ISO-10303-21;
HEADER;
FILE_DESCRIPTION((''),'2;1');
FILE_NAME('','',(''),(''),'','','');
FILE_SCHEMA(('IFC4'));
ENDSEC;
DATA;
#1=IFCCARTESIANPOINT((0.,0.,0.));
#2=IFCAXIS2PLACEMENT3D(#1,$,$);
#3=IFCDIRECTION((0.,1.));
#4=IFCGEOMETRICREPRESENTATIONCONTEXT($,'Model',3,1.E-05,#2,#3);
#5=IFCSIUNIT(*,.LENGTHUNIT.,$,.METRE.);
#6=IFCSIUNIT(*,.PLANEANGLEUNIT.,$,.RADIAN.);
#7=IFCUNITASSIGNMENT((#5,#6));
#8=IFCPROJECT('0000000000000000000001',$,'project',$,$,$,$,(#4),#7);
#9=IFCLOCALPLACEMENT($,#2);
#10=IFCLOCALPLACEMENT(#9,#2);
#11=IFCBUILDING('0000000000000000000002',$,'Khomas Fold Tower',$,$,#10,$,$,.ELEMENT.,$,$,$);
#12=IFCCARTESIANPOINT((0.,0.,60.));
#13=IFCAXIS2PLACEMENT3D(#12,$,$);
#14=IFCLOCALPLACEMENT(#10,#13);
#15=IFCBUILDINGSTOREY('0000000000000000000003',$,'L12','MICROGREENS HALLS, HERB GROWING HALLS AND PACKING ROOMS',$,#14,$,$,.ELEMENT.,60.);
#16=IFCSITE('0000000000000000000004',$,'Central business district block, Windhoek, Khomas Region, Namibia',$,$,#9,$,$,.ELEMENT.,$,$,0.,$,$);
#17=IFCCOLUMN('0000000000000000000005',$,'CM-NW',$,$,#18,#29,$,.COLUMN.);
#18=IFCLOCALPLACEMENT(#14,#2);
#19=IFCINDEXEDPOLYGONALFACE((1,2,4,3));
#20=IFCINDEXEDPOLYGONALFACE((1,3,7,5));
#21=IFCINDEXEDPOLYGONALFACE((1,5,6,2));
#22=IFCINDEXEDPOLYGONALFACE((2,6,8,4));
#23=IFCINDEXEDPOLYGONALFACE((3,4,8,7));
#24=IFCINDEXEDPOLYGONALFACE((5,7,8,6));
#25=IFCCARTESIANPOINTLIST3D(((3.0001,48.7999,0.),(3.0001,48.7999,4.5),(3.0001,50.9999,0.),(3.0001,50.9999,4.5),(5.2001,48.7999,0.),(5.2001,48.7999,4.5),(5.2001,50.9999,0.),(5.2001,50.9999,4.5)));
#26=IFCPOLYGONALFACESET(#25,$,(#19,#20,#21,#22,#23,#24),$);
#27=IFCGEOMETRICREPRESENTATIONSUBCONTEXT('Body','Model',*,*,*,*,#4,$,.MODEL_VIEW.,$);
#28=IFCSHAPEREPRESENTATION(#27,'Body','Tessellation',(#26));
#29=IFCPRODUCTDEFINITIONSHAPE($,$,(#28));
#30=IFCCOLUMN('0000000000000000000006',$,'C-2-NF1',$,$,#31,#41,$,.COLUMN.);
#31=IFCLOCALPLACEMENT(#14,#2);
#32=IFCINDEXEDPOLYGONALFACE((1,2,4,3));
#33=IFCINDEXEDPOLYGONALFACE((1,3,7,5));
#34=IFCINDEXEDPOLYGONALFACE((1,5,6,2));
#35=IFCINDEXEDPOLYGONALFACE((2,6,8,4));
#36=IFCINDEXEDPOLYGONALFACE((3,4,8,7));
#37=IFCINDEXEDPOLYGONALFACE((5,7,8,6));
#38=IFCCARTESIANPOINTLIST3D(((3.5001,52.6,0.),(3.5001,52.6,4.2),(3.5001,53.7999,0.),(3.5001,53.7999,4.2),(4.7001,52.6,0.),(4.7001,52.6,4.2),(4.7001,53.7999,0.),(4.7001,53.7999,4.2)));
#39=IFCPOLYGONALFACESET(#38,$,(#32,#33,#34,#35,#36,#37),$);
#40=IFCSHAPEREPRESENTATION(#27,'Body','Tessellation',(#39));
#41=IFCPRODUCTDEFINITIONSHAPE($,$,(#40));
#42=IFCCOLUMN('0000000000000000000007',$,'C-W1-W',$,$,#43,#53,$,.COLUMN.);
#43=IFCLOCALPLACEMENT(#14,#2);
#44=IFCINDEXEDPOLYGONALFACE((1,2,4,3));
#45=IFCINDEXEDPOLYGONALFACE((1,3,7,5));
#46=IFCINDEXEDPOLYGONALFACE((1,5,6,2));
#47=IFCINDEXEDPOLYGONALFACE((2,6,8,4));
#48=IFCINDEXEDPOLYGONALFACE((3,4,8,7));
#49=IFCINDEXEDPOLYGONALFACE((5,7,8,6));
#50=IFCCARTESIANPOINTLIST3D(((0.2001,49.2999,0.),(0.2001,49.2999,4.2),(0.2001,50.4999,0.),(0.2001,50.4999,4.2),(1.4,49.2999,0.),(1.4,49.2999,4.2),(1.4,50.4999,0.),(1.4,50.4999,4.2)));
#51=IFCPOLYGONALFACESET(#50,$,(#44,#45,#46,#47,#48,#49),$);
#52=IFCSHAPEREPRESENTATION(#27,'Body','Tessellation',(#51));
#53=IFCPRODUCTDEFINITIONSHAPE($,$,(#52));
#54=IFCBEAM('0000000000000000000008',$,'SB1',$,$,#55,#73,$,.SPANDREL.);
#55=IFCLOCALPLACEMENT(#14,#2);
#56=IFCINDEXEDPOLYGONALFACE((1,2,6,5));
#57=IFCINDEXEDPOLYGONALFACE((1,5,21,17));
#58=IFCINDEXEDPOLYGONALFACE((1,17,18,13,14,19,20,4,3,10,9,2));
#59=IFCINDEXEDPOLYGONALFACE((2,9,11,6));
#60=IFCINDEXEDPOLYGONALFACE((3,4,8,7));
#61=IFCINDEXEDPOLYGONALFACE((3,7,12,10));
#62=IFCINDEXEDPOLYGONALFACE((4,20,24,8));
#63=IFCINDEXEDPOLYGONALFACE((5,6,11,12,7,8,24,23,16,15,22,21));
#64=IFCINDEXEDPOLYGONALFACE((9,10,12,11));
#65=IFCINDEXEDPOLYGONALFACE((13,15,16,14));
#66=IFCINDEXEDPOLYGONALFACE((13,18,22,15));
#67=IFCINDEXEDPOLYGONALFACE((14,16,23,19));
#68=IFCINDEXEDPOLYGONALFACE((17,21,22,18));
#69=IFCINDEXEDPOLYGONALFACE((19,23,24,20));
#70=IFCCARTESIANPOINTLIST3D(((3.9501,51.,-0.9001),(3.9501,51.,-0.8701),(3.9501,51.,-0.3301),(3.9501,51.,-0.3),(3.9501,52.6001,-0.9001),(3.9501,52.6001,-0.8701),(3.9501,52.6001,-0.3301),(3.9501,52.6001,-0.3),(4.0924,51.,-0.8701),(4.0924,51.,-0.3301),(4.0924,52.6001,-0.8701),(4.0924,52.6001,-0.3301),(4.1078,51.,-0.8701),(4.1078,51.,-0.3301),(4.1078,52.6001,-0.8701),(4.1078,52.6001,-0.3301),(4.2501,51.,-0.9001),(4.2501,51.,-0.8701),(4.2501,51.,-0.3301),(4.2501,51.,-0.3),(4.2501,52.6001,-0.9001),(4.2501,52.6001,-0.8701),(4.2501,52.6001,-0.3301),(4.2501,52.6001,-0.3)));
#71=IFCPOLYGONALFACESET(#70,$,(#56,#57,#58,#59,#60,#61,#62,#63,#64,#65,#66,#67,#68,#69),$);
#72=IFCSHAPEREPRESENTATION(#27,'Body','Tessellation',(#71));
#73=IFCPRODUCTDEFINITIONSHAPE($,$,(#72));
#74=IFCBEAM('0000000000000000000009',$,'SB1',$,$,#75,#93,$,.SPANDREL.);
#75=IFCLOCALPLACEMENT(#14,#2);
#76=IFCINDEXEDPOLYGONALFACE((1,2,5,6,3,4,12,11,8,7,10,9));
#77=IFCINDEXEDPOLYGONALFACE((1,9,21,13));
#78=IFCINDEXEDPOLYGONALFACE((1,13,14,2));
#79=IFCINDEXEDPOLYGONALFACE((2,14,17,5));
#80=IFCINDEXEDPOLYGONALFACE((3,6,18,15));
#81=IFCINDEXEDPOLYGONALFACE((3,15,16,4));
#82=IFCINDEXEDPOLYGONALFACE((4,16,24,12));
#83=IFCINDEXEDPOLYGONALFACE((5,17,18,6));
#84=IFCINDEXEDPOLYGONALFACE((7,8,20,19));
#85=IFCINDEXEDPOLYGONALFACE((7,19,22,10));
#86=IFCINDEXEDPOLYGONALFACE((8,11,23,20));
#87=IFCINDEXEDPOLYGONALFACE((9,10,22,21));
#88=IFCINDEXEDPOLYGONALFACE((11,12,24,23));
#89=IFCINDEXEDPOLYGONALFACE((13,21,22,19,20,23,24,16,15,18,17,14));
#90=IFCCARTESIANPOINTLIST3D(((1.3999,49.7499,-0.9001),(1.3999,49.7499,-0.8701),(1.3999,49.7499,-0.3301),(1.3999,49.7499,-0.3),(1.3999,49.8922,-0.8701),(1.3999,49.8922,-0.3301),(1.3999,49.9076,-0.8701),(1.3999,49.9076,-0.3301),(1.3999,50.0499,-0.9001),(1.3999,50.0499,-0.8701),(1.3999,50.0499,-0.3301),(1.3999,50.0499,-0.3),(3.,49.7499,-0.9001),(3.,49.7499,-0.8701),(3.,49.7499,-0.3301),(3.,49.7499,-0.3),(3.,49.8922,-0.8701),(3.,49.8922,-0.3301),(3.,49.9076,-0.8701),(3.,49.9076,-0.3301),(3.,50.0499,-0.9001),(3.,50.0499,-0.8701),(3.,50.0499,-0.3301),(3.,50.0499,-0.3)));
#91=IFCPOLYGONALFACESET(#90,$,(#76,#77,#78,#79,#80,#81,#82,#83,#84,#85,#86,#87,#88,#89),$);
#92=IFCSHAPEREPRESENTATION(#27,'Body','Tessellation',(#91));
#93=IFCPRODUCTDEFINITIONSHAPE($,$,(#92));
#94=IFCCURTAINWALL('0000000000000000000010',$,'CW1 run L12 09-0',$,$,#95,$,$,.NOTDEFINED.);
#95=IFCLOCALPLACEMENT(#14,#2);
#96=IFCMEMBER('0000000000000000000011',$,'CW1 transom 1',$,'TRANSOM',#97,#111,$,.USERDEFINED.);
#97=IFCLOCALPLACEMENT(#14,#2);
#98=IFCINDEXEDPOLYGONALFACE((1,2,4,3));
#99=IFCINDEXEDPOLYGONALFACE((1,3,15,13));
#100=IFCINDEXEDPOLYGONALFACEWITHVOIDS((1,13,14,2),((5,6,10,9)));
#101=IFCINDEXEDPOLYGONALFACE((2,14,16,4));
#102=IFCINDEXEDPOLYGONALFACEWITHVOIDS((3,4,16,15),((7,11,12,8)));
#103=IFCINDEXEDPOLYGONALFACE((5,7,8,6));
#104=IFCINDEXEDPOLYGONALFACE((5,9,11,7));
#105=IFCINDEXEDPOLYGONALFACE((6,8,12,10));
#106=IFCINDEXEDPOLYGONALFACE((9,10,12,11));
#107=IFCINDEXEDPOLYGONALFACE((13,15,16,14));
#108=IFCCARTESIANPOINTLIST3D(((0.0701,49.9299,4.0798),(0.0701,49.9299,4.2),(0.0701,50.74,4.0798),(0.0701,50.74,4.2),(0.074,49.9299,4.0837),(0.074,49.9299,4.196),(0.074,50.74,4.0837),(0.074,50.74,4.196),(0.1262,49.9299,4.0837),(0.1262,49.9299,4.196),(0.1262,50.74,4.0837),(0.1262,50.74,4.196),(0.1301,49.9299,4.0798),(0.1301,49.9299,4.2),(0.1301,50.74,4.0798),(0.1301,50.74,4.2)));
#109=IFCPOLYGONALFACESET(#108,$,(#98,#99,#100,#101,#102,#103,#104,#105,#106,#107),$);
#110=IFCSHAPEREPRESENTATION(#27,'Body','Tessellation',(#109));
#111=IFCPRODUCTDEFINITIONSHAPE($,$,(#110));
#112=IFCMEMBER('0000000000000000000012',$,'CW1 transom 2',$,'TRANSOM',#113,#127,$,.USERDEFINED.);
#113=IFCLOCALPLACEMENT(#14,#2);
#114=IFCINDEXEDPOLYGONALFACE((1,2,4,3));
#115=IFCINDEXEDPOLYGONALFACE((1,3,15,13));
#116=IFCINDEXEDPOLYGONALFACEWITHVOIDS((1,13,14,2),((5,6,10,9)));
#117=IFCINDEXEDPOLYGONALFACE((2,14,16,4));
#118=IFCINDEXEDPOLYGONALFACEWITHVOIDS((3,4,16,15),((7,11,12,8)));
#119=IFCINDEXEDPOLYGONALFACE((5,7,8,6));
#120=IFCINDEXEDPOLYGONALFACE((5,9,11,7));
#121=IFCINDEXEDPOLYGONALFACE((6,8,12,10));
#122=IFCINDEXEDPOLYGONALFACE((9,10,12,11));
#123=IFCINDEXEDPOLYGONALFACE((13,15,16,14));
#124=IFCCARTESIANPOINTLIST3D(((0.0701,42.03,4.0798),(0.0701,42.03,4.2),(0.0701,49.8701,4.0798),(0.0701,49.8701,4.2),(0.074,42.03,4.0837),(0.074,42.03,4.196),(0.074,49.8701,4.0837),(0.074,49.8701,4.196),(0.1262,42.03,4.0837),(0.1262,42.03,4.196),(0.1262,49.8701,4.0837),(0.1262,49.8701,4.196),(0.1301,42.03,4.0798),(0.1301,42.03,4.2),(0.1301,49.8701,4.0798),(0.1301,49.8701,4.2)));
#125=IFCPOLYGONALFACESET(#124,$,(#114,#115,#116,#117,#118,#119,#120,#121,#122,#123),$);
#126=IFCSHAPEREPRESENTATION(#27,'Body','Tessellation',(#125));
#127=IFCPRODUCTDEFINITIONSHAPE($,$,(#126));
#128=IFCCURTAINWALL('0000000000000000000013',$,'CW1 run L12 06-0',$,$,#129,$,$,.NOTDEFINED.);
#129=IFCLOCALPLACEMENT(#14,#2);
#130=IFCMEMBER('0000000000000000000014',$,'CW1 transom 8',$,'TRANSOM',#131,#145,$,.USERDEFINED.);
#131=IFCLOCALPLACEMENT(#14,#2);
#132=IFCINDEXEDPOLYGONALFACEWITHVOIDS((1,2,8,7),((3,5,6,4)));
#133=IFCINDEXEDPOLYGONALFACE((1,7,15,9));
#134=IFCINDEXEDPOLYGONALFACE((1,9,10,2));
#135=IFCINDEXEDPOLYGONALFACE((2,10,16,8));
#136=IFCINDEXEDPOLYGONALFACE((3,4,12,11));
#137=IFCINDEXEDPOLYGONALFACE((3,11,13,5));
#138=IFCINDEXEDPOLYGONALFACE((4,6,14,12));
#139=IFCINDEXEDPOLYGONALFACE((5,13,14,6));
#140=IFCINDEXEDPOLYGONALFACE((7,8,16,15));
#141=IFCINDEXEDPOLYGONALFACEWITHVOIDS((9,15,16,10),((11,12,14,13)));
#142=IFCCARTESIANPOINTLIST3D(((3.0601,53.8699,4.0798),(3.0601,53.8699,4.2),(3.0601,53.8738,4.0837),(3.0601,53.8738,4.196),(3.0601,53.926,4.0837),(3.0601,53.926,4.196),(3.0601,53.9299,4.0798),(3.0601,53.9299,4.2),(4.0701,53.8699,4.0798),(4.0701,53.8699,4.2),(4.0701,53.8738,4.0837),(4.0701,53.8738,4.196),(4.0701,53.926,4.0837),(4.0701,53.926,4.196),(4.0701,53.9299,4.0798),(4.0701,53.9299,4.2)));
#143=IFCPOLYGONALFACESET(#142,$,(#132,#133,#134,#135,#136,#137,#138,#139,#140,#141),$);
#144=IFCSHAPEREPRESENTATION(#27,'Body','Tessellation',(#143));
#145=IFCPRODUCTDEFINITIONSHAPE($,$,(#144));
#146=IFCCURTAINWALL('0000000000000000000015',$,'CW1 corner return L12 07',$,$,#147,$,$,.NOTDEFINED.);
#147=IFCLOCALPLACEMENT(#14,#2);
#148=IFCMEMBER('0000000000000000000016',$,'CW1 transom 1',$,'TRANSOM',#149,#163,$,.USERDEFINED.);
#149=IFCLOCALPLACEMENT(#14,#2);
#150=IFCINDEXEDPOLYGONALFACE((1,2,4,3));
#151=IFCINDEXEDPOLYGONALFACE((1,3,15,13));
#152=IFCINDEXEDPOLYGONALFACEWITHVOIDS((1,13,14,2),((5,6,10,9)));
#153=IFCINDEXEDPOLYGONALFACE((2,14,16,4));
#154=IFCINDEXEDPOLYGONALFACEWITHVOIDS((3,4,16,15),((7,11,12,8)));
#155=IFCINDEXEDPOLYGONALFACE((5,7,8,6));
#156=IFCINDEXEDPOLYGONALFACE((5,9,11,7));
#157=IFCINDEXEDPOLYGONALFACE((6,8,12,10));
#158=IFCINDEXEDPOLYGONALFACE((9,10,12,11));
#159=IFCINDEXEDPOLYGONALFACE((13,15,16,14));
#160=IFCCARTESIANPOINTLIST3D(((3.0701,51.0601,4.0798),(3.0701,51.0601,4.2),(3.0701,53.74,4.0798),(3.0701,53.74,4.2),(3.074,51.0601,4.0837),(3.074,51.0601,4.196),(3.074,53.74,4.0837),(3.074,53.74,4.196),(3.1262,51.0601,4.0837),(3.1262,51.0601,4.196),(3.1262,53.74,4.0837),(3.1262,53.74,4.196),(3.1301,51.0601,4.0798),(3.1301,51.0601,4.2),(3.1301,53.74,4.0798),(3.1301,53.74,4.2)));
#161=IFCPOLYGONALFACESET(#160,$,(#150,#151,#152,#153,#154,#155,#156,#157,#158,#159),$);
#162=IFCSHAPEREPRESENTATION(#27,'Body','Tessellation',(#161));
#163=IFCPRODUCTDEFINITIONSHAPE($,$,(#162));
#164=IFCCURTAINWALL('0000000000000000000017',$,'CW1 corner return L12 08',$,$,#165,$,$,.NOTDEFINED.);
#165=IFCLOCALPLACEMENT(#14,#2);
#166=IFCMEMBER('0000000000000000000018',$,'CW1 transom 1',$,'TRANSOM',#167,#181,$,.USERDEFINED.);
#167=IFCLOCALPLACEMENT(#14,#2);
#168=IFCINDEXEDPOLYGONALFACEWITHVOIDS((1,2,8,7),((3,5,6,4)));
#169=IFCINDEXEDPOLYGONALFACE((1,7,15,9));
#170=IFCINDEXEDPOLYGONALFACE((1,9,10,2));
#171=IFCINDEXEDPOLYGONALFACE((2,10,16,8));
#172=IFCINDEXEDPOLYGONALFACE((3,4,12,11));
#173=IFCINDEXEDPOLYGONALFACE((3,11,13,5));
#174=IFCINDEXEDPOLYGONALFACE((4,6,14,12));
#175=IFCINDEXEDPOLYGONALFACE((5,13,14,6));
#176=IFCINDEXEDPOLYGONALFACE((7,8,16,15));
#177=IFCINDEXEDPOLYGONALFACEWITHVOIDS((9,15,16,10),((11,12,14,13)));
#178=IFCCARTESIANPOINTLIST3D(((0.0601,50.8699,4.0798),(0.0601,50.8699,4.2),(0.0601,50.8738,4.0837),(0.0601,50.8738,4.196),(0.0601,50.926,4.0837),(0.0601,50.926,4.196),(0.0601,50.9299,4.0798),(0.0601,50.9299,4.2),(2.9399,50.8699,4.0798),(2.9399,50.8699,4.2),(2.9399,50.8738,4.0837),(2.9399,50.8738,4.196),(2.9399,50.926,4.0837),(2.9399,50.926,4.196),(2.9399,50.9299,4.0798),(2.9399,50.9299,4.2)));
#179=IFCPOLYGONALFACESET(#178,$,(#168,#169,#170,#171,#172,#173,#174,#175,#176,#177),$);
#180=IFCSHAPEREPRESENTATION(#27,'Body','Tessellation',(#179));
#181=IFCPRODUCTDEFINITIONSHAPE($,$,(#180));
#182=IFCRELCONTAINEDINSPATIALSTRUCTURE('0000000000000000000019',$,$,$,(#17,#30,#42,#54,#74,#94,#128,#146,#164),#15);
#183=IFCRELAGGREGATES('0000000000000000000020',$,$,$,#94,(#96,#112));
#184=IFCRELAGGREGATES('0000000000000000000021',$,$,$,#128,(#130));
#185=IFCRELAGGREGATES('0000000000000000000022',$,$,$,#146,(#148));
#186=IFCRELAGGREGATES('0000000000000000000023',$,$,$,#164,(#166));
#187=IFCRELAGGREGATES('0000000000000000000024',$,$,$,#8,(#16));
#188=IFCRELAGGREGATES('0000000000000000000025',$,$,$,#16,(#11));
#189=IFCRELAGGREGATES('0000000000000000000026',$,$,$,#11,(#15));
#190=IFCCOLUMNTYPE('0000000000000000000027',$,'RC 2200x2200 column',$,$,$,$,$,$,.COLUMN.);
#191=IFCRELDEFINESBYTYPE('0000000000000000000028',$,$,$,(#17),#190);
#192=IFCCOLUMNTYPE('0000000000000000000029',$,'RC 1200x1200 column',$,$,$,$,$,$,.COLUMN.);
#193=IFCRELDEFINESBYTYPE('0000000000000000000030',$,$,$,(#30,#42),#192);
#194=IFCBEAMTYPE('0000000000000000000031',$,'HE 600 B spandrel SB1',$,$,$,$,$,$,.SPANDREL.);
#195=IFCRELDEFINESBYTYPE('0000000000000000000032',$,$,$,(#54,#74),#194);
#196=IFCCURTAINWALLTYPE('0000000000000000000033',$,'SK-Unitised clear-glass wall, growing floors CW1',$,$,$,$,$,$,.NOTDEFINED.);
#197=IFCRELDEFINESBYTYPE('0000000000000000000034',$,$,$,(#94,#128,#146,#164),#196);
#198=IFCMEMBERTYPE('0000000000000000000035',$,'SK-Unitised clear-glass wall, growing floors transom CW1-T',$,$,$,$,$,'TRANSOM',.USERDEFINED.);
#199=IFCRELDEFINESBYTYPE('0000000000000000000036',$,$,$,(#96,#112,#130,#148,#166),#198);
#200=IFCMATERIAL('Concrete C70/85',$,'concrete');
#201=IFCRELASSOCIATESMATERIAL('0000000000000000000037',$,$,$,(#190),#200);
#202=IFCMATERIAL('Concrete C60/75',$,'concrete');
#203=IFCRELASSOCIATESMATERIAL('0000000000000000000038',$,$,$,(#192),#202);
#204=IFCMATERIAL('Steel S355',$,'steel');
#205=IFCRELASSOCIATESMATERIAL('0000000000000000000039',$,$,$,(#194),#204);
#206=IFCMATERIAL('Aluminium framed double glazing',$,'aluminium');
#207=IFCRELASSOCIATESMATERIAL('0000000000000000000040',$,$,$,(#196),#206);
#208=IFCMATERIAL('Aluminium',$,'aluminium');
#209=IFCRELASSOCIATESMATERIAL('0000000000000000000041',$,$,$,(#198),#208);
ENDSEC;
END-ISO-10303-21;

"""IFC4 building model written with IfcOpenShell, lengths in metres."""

from ifc_helpers import new_model, si_unit, direction, frame, origin, origin_2d, place, context, subcontext, project, spatial, rectangle, hollow_rectangle, i_section, extrude, source, transform, mapped, material, material_profile, profile_set, type_object, element, aggregate, save


model = new_model("IFC4")

# Units and contexts
model_context = context("Model", 3, precision=1e-05, world=origin(), true_north=direction((0.0, 1.0)))
body_context = subcontext(model_context, "Body", "Model", "MODEL_VIEW")
ifc_project = project(units=[si_unit("LENGTHUNIT", "METRE"), si_unit("PLANEANGLEUNIT", "RADIAN")], contexts=[model_context])

# Site, building, storey
site_placement = place(None, origin())
site = spatial("IfcSite", under=ifc_project, at=site_placement, Name="Central business district block, Windhoek, Khomas Region, Namibia", CompositionType="ELEMENT", RefElevation=0.0)
building_placement = place(site_placement, origin())
building = spatial("IfcBuilding", under=site, at=building_placement, Name="Khomas Fold Tower", CompositionType="ELEMENT")
storey_placement = place(building_placement, frame((0.0, 0.0, 60.0)))
storey = spatial("IfcBuildingStorey", under=building, at=storey_placement, Name="L12", Description="MICROGREENS HALLS, HERB GROWING HALLS AND PACKING ROOMS", CompositionType="ELEMENT", Elevation=60.0)

# Columns
ifc_material_1 = material(Name="Concrete C70/85", Category="concrete")
ifc_material_profile_1 = material_profile(ifc_material_1, rectangle(XDim=2.2, YDim=2.2, at=origin_2d()), Name="RC 2200x2200")
ifc_profile_set_1 = profile_set([ifc_material_profile_1], Name="Concrete C70/85")
column_type_1 = type_object("IfcColumnType", Name="RC 2200x2200 column", PredefinedType="COLUMN", material=ifc_profile_set_1)
shared_shape_1 = source(origin(), body_context, "Body", "SweptSolid", [
    extrude(rectangle(XDim=2.2, YDim=2.2, at=origin_2d()), origin(), (0.0, 0.0, 1.0), 4.5),
])
column_placement = place(storey_placement, frame((4.1001, 49.8999, 0.0), z_axis=(0.0, 0.0, 1.0), x_axis=(1.0, 0.0, 0.0)))
element("IfcColumn", 1, at=column_placement, inside=storey, type_object=column_type_1, Name="CM-NW", PredefinedType="COLUMN", context=body_context, shape_type="MappedRepresentation", body=[
    mapped(shared_shape_1, transform((0.0, 0.0, 0.0))),
])
ifc_material_2 = material(Name="Concrete C60/75", Category="concrete")
ifc_material_profile_2 = material_profile(ifc_material_2, rectangle(XDim=1.2, YDim=1.2, at=origin_2d()), Name="RC 1200x1200")
ifc_profile_set_2 = profile_set([ifc_material_profile_2], Name="Concrete C60/75")
column_type_2 = type_object("IfcColumnType", Name="RC 1200x1200 column", PredefinedType="COLUMN", material=ifc_profile_set_2)
shared_shape_2 = source(origin(), body_context, "Body", "SweptSolid", [
    extrude(rectangle(XDim=1.2, YDim=1.2, at=origin_2d()), origin(), (0.0, 0.0, 1.0), 4.2),
])
for number, where, z_axis, x_axis, name in (
    (2, (4.1001, 53.2, 0.0), (0.0, 0.0, 1.0), (1.0, 0.0, 0.0), "C-2-NF1"),
    (3, (0.8, 49.8999, 0.0), (0.0, 0.0, 1.0), (1.0, 0.0, 0.0), "C-W1-W"),
):
    element("IfcColumn", number, at=place(storey_placement, frame(where, z_axis=z_axis, x_axis=x_axis)), inside=storey, type_object=column_type_2, Name=name, PredefinedType="COLUMN", context=body_context, shape_type="MappedRepresentation", body=[
        mapped(shared_shape_2, transform((0.0, 0.0, 0.0))),
    ])

# Beams
ifc_material_3 = material(Name="Steel S355", Category="steel")
ifc_material_profile_3 = material_profile(ifc_material_3, i_section(OverallWidth=0.3, OverallDepth=0.6001, WebThickness=0.0154, FlangeThickness=0.03, at=origin_2d()), Name="HE 600 B")
ifc_profile_set_3 = profile_set([ifc_material_profile_3], Name="Steel S355")
beam_type = type_object("IfcBeamType", Name="HE 600 B spandrel SB1", PredefinedType="SPANDREL", material=ifc_profile_set_3)
shared_shape_3 = source(origin(), body_context, "Body", "SweptSolid", [
    extrude(i_section(OverallWidth=0.3, OverallDepth=0.6001, WebThickness=0.0154, FlangeThickness=0.03, at=origin_2d()), origin(), (0.0, 0.0, 1.0), 1.6001),
])
for number, where, z_axis, x_axis, name in (
    (4, (4.1001, 51.0, -0.6001), (0.0, 1.0, 0.0), (-1.0, 0.0, 0.0), "SB1"),
    (5, (1.3999, 49.8999, -0.6001), (1.0, 0.0, 0.0), (0.0, 1.0, 0.0), "SB1"),
):
    element("IfcBeam", number, at=place(storey_placement, frame(where, z_axis=z_axis, x_axis=x_axis)), inside=storey, type_object=beam_type, Name=name, PredefinedType="SPANDREL", context=body_context, shape_type="MappedRepresentation", body=[
        mapped(shared_shape_3, transform((0.0, 0.0, 0.0))),
    ])

# Curtain wall, members
ifc_material_4 = material(Name="Aluminium framed double glazing", Category="aluminium")
curtain_wall_type = type_object("IfcCurtainWallType", Name="SK-Unitised clear-glass wall, growing floors CW1", PredefinedType="NOTDEFINED", material=ifc_material_4)
curtain_wall_1_placement = place(storey_placement, origin())
curtain_wall_1 = element("IfcCurtainWall", 6, at=curtain_wall_1_placement, inside=storey, type_object=curtain_wall_type, Name="CW1 run L12 09-0", PredefinedType="NOTDEFINED")
ifc_material_5 = material(Name="Aluminium", Category="aluminium")
ifc_material_profile_4 = material_profile(ifc_material_5, hollow_rectangle(XDim=0.0601, YDim=0.1201, WallThickness=0.0039, at=origin_2d()), Name="SK-Unitised clear-glass wall, growing floors transom CW1-T")
ifc_profile_set_4 = profile_set([ifc_material_profile_4], Name="Aluminium")
member_type_1 = type_object("IfcMemberType", Name="SK-Unitised clear-glass wall, growing floors transom CW1-T", ElementType="TRANSOM", PredefinedType="USERDEFINED", material=ifc_profile_set_4)
shared_shape_4 = source(origin(), body_context, "Body", "SweptSolid", [
    extrude(hollow_rectangle(XDim=0.0601, YDim=0.1201, WallThickness=0.0039, at=origin_2d()), origin(), (0.0, 0.0, 1.0), 0.8101),
])
member_1_placement = place(storey_placement, frame((0.1001, 50.74, 4.1399), z_axis=(0.0, -1.0, 0.0), x_axis=(1.0, 0.0, 0.0)))
member_1 = element("IfcMember", 7, at=member_1_placement, type_object=member_type_1, Name="CW1 transom 1", ObjectType="TRANSOM", PredefinedType="USERDEFINED", context=body_context, shape_type="MappedRepresentation", body=[
    mapped(shared_shape_4, transform((0.0, 0.0, 0.0))),
])
shared_shape_5 = source(origin(), body_context, "Body", "SweptSolid", [
    extrude(hollow_rectangle(XDim=0.0601, YDim=0.1201, WallThickness=0.0039, at=origin_2d()), origin(), (0.0, 0.0, 1.0), 7.8401),
])
member_2_placement = place(storey_placement, frame((0.1001, 49.8701, 4.1399), z_axis=(0.0, -1.0, 0.0), x_axis=(1.0, 0.0, 0.0)))
member_2 = element("IfcMember", 8, at=member_2_placement, type_object=member_type_1, Name="CW1 transom 2", ObjectType="TRANSOM", PredefinedType="USERDEFINED", context=body_context, shape_type="MappedRepresentation", body=[
    mapped(shared_shape_5, transform((0.0, 0.0, 0.0))),
])

# Curtain walls, members
curtain_wall_2_placement = place(storey_placement, origin())
curtain_wall_2 = element("IfcCurtainWall", 9, at=curtain_wall_2_placement, inside=storey, type_object=curtain_wall_type, Name="CW1 run L12 06-0", PredefinedType="NOTDEFINED")
shared_shape_6 = source(origin(), body_context, "Body", "SweptSolid", [
    extrude(hollow_rectangle(XDim=0.0601, YDim=0.1201, WallThickness=0.0039, at=origin_2d()), origin(), (0.0, 0.0, 1.0), 1.01),
])
member_3_placement = place(storey_placement, frame((4.0701, 53.8999, 4.1399), z_axis=(-1.0, 0.0, 0.0), x_axis=(0.0, -1.0, 0.0)))
member_3 = element("IfcMember", 10, at=member_3_placement, type_object=member_type_1, Name="CW1 transom 8", ObjectType="TRANSOM", PredefinedType="USERDEFINED", context=body_context, shape_type="MappedRepresentation", body=[
    mapped(shared_shape_6, transform((0.0, 0.0, 0.0))),
])
curtain_wall_3_placement = place(storey_placement, origin())
curtain_wall_3 = element("IfcCurtainWall", 11, at=curtain_wall_3_placement, inside=storey, type_object=curtain_wall_type, Name="CW1 corner return L12 07", PredefinedType="NOTDEFINED")
shared_shape_7 = source(origin(), body_context, "Body", "SweptSolid", [
    extrude(hollow_rectangle(XDim=0.0601, YDim=0.1201, WallThickness=0.0039, at=origin_2d()), origin(), (0.0, 0.0, 1.0), 2.6799),
])
member_4_placement = place(storey_placement, frame((3.1001, 53.74, 4.1399), z_axis=(0.0, -1.0, 0.0), x_axis=(1.0, 0.0, 0.0)))
member_4 = element("IfcMember", 12, at=member_4_placement, type_object=member_type_1, Name="CW1 transom 1", ObjectType="TRANSOM", PredefinedType="USERDEFINED", context=body_context, shape_type="MappedRepresentation", body=[
    mapped(shared_shape_7, transform((0.0, 0.0, 0.0))),
])
curtain_wall_4_placement = place(storey_placement, origin())
curtain_wall_4 = element("IfcCurtainWall", 13, at=curtain_wall_4_placement, inside=storey, type_object=curtain_wall_type, Name="CW1 corner return L12 08", PredefinedType="NOTDEFINED")
shared_shape_8 = source(origin(), body_context, "Body", "SweptSolid", [
    extrude(hollow_rectangle(XDim=0.0601, YDim=0.1201, WallThickness=0.0039, at=origin_2d()), origin(), (0.0, 0.0, 1.0), 2.8799),
])
member_5_placement = place(storey_placement, frame((2.9399, 50.8999, 4.1399), z_axis=(-1.0, 0.0, 0.0), x_axis=(0.0, -1.0, 0.0)))
member_5 = element("IfcMember", 14, at=member_5_placement, type_object=member_type_1, Name="CW1 transom 1", ObjectType="TRANSOM", PredefinedType="USERDEFINED", context=body_context, shape_type="MappedRepresentation", body=[
    mapped(shared_shape_8, transform((0.0, 0.0, 0.0))),
])

aggregate(curtain_wall_1, [member_1, member_2])
aggregate(curtain_wall_2, [member_3])
aggregate(curtain_wall_3, [member_4])
aggregate(curtain_wall_4, [member_5])

save(model, "model.ifc")
